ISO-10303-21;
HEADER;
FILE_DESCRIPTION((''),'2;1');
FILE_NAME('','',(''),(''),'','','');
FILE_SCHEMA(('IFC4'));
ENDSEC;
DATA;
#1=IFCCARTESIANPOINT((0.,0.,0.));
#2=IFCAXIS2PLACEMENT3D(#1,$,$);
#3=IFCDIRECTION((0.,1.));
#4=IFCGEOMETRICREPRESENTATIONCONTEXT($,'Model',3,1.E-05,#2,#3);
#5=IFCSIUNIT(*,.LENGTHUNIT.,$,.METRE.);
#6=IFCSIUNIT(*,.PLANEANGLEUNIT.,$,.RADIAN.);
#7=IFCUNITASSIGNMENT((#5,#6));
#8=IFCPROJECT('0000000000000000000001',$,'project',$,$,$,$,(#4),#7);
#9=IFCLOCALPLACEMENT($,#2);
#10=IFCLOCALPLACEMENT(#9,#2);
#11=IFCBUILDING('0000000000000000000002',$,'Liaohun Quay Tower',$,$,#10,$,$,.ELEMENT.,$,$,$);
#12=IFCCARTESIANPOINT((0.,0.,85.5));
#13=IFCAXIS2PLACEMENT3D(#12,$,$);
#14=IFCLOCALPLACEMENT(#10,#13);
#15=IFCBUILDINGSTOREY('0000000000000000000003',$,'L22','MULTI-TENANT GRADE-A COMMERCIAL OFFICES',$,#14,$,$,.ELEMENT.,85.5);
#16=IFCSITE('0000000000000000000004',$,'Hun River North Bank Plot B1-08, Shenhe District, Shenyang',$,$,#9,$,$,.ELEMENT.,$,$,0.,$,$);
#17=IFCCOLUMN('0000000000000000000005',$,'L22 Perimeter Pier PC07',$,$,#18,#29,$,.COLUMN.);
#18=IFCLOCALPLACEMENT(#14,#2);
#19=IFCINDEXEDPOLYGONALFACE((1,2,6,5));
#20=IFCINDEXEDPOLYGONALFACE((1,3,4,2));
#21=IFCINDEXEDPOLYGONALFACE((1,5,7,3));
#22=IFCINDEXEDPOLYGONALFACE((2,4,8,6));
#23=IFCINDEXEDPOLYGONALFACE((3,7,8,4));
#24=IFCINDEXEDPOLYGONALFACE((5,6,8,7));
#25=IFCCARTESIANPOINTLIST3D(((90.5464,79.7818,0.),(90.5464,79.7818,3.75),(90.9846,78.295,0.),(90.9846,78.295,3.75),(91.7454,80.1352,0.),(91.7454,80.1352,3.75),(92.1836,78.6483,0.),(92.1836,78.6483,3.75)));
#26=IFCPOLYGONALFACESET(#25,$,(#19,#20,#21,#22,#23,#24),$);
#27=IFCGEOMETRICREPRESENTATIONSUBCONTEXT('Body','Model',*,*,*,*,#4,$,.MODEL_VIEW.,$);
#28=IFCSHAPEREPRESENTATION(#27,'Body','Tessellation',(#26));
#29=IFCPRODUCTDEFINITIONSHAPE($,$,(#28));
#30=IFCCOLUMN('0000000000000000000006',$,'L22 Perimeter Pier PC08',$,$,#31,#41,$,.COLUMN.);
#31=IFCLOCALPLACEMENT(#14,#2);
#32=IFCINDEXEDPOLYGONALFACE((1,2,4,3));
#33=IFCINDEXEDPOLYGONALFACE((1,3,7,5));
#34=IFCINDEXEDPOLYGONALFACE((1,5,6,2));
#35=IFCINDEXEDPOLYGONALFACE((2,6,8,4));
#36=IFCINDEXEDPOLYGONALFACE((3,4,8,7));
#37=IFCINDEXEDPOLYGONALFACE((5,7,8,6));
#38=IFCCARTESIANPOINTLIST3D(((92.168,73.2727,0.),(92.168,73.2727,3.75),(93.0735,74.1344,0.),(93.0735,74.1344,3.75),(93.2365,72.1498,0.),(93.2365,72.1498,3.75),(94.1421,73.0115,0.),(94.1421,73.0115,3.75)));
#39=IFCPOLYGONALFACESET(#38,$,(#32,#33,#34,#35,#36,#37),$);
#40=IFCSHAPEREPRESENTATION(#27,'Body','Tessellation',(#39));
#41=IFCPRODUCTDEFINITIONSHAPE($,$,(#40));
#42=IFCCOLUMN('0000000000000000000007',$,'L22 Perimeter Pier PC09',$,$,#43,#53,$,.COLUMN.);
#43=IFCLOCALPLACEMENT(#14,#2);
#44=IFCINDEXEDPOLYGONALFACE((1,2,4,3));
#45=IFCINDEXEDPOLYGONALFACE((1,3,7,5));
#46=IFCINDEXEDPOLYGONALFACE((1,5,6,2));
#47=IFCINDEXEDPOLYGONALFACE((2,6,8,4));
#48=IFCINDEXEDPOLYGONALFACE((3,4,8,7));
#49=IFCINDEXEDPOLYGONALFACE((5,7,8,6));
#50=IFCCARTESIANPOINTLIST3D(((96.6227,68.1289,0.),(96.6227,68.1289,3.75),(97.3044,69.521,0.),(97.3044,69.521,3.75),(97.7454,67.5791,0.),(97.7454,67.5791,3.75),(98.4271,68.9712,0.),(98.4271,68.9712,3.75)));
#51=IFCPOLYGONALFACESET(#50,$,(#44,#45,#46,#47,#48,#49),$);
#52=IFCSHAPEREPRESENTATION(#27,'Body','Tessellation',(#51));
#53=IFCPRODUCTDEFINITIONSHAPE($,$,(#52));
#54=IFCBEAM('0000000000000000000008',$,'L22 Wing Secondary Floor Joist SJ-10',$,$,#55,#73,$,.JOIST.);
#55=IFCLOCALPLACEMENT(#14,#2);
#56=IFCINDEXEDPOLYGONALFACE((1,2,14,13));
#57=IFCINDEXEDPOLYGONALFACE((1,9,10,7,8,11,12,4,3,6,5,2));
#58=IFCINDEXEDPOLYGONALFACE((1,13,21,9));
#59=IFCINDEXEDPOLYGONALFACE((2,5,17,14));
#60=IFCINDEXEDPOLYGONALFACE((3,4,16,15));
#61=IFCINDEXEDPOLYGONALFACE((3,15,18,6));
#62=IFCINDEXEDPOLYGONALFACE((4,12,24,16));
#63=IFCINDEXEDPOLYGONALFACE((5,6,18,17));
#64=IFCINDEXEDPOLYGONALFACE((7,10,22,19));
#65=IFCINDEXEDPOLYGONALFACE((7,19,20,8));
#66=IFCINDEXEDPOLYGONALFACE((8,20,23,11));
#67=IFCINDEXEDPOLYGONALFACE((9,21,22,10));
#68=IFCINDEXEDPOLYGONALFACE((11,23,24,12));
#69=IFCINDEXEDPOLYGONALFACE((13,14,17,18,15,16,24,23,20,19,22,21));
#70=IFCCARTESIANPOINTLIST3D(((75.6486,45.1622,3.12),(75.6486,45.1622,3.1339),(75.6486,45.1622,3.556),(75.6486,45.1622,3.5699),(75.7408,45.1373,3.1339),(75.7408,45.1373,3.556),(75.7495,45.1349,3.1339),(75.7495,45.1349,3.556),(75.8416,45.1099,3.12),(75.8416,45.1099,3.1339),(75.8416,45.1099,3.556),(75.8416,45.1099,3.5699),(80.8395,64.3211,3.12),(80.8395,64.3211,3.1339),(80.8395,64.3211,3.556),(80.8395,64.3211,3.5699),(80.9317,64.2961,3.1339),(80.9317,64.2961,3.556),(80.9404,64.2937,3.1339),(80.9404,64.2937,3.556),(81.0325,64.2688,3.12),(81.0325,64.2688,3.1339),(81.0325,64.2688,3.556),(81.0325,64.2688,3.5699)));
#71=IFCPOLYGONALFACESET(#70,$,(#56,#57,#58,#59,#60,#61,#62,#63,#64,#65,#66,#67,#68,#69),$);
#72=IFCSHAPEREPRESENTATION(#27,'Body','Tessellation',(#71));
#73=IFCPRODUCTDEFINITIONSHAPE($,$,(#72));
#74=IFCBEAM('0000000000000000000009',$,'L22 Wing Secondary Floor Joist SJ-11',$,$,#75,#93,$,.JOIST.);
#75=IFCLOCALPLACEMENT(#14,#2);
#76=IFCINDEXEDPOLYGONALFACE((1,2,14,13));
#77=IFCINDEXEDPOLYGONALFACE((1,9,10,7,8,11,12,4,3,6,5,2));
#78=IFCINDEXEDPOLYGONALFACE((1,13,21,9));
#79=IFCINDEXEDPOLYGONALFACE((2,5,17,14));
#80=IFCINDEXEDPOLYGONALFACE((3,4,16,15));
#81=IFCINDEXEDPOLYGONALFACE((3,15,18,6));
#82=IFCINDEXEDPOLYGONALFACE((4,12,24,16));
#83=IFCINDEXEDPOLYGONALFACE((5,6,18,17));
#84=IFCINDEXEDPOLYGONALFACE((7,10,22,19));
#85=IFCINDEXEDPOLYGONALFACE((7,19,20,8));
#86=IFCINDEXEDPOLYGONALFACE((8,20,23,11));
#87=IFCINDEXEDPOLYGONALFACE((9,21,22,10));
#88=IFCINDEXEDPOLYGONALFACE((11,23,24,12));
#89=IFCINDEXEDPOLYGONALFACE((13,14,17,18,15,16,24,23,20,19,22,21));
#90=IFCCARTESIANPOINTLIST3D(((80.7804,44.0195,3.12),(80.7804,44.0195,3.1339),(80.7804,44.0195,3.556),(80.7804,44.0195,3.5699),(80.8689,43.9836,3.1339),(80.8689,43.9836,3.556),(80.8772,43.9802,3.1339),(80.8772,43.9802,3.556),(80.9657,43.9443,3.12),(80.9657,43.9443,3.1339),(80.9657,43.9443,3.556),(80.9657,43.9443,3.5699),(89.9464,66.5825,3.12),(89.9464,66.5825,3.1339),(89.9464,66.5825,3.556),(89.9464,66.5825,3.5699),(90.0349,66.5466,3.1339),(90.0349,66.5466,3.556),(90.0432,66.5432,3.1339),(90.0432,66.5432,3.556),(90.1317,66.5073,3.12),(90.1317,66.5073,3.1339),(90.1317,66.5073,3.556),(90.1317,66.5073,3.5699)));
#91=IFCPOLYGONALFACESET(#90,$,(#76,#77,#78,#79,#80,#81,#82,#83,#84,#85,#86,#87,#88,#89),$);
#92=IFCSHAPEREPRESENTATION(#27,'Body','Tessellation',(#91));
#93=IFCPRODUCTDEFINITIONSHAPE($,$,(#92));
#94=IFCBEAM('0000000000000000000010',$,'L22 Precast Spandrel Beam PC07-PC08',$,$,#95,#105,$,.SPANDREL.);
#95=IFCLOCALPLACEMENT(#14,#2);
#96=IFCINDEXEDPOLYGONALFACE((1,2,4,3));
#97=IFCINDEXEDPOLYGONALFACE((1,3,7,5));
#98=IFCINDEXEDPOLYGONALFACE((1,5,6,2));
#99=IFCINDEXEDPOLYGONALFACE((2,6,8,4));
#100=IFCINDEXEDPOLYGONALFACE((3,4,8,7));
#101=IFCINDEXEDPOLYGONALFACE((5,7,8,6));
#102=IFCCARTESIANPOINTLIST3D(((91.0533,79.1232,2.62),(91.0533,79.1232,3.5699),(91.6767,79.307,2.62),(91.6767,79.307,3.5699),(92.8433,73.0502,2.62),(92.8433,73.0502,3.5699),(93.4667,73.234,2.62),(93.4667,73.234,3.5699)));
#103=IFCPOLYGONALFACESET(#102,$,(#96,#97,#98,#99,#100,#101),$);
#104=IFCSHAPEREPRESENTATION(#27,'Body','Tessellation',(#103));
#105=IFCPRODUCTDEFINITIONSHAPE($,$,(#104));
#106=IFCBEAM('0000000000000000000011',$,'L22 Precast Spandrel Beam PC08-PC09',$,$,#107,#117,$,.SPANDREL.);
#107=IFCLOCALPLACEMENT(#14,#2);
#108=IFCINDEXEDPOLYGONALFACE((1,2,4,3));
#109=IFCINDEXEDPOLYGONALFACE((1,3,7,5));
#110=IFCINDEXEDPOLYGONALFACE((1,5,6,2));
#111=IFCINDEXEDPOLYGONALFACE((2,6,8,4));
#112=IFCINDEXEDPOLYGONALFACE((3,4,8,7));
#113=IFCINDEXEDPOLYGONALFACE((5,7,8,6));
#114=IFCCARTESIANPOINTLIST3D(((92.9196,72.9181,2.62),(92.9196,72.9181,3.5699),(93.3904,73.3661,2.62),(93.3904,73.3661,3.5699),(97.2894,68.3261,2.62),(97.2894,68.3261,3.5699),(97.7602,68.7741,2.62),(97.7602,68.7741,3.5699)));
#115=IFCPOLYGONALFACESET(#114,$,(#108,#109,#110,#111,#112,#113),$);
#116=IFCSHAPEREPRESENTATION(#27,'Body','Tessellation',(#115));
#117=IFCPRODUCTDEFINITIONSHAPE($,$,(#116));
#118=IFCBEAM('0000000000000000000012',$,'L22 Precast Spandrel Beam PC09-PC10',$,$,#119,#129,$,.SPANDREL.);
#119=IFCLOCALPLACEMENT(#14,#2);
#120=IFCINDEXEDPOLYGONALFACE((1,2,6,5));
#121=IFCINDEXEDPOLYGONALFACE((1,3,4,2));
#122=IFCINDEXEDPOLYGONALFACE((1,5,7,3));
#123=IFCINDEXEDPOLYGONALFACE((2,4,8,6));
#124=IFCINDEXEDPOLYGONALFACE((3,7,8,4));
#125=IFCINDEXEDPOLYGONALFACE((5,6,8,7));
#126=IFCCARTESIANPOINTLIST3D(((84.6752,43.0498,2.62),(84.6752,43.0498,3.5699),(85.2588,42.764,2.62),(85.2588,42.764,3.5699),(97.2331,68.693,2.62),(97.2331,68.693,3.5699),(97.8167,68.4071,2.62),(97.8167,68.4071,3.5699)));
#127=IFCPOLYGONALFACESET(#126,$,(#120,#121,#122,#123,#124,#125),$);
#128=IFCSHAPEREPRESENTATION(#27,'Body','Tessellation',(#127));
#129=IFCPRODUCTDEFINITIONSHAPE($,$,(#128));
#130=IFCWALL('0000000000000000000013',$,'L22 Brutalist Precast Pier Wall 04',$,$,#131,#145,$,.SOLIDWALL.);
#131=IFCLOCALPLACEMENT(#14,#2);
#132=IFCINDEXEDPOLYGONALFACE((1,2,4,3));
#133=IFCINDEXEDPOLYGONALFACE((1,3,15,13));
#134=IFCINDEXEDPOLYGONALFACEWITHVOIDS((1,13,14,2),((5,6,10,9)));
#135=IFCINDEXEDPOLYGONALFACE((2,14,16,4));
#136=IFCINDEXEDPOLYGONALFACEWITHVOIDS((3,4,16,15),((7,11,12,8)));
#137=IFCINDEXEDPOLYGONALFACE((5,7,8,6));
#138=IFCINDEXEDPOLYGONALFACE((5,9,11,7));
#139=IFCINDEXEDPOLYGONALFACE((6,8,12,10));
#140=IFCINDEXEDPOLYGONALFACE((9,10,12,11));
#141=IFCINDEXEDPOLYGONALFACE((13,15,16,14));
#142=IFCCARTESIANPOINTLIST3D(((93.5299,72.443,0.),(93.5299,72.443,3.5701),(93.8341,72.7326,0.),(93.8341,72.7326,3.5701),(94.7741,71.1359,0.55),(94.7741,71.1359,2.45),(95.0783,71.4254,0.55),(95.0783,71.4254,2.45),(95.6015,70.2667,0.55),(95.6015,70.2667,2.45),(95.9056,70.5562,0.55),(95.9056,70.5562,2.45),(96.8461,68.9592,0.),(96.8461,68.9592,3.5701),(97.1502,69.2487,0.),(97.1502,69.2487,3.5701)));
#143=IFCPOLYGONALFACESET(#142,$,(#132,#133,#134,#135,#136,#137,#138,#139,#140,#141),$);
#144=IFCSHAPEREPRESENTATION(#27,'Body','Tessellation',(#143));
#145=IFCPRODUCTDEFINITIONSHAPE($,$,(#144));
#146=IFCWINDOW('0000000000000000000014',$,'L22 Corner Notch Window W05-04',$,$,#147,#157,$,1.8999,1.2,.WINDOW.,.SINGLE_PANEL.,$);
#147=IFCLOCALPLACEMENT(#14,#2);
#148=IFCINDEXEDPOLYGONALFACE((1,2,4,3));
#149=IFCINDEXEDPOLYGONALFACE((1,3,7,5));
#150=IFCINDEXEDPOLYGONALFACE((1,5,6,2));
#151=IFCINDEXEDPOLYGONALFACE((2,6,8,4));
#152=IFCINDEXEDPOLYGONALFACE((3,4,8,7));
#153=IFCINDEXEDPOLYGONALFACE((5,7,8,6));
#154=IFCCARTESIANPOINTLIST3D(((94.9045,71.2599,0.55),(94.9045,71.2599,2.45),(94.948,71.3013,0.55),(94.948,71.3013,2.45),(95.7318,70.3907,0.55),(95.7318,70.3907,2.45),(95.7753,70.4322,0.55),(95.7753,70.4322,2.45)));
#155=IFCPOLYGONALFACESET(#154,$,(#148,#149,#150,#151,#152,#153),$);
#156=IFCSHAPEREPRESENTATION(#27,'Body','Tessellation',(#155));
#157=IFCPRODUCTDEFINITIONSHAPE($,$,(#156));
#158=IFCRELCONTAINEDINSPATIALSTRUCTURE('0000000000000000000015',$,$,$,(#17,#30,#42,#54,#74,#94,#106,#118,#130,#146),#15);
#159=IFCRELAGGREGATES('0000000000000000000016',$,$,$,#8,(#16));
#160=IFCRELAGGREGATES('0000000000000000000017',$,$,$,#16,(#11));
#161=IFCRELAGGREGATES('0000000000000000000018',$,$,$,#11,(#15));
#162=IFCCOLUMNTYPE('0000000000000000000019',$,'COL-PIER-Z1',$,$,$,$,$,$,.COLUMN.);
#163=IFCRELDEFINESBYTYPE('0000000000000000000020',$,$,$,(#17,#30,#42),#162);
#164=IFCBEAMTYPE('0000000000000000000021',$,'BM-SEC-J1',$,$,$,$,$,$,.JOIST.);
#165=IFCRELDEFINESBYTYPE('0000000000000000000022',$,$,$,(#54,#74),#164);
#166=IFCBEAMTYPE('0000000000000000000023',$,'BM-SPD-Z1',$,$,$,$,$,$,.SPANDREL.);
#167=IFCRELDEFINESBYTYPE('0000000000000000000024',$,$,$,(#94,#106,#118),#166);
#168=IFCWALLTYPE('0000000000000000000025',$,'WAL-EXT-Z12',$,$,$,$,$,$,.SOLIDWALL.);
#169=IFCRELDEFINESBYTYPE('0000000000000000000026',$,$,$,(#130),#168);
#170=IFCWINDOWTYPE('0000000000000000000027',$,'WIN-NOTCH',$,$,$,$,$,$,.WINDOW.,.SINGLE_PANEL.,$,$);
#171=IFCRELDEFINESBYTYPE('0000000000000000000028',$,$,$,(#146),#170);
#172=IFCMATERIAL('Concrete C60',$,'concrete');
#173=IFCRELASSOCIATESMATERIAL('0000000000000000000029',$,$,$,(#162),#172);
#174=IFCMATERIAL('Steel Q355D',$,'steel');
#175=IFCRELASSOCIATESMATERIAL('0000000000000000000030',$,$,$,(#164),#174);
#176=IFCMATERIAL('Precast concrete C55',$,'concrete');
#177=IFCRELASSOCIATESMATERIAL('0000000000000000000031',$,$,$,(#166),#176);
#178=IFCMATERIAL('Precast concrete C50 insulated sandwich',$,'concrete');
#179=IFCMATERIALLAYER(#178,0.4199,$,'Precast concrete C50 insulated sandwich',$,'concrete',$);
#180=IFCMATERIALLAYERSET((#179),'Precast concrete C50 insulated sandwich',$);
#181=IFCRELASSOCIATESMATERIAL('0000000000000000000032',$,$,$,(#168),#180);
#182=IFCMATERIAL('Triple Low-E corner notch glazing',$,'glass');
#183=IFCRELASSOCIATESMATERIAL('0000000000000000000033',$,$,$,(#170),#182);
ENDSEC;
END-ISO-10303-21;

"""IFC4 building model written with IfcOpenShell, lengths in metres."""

from ifc_helpers import new_model, si_unit, direction, frame, frame_2d, origin, origin_2d, place, context, subcontext, project, spatial, rectangle, i_section, extrude, source, transform, mapped, material, layer, layer_set, material_profile, profile_set, type_object, element, fill, save


model = new_model("IFC4")

# Units and contexts
model_context = context("Model", 3, precision=1e-05, world=origin(), true_north=direction((0.0, 1.0)))
body_context = subcontext(model_context, "Body", "Model", "MODEL_VIEW")
ifc_project = project(units=[si_unit("LENGTHUNIT", "METRE"), si_unit("PLANEANGLEUNIT", "RADIAN")], contexts=[model_context])

# Site, building, storey
site_placement = place(None, origin())
site = spatial("IfcSite", under=ifc_project, at=site_placement, Name="Hun River North Bank Plot B1-08, Shenhe District, Shenyang", CompositionType="ELEMENT", RefElevation=0.0)
building_placement = place(site_placement, origin())
building = spatial("IfcBuilding", under=site, at=building_placement, Name="Liaohun Quay Tower", CompositionType="ELEMENT")
storey_placement = place(building_placement, frame((0.0, 0.0, 85.5)))
storey = spatial("IfcBuildingStorey", under=building, at=storey_placement, Name="L22", Description="MULTI-TENANT GRADE-A COMMERCIAL OFFICES", CompositionType="ELEMENT", Elevation=85.5)

# Columns
ifc_material_1 = material(Name="Concrete C60", Category="concrete")
ifc_material_profile_1 = material_profile(ifc_material_1, rectangle(XDim=1.55, YDim=1.25, at=origin_2d()), Name="RC1550x1250")
ifc_profile_set_1 = profile_set([ifc_material_profile_1], Name="Concrete C60")
column_type = type_object("IfcColumnType", Name="COL-PIER-Z1", PredefinedType="COLUMN", material=ifc_profile_set_1)
shared_shape_1 = source(origin(), body_context, "Body", "SweptSolid", [
    extrude(rectangle(XDim=1.55, YDim=1.25, at=origin_2d()), origin(), (0.0, 0.0, 1.0), 3.75),
])
for number, where, z_axis, x_axis, name in (
    (1, (91.365, 79.2151, 0.0), (0.0, 0.0, 1.0), (-0.282676, 0.959215, 0.0), "L22 Perimeter Pier PC07"),
    (2, (93.155, 73.1421, 0.0), (0.0, 0.0, 1.0), (-0.689367, 0.724413, 0.0), "L22 Perimeter Pier PC08"),
    (3, (97.5249, 68.55, 0.0), (0.0, 0.0, 1.0), (0.439782, 0.898104, 0.0), "L22 Perimeter Pier PC09"),
):
    element("IfcColumn", number, at=place(storey_placement, frame(where, z_axis=z_axis, x_axis=x_axis)), inside=storey, type_object=column_type, Name=name, PredefinedType="COLUMN", context=body_context, shape_type="MappedRepresentation", body=[
        mapped(shared_shape_1, transform((0.0, 0.0, 0.0), x_axis=(1.0, 0.0, 0.0), y_axis=(0.0, 1.0, 0.0), z_axis=(0.0, 0.0, 1.0), scale=1.0)),
    ])

# Beams
ifc_material_2 = material(Name="Steel Q355D", Category="steel")
ifc_material_profile_2 = material_profile(ifc_material_2, i_section(OverallWidth=0.2, OverallDepth=0.45, WebThickness=0.009, FlangeThickness=0.0139, at=origin_2d()), Name="HN450x200x9x14")
ifc_profile_set_2 = profile_set([ifc_material_profile_2], Name="Steel Q355D")
beam_type_1 = type_object("IfcBeamType", Name="BM-SEC-J1", PredefinedType="JOIST", material=ifc_profile_set_2)
shared_shape_2 = source(origin(), body_context, "Body", "SweptSolid", [
    extrude(i_section(OverallWidth=0.2, OverallDepth=0.45, WebThickness=0.009, FlangeThickness=0.0139, at=origin_2d()), origin(), (0.0, 0.0, 1.0), 19.8496),
])
beam_1_placement = place(storey_placement, frame((80.936, 64.2949, 3.345), z_axis=(-0.261511, -0.9652, 0.0), x_axis=(0.9652, -0.261511, 0.0)))
element("IfcBeam", 4, at=beam_1_placement, inside=storey, type_object=beam_type_1, Name="L22 Wing Secondary Floor Joist SJ-10", PredefinedType="JOIST", context=body_context, shape_type="MappedRepresentation", body=[
    mapped(shared_shape_2, transform((0.0, 0.0, 0.0), x_axis=(1.0, 0.0, 0.0), y_axis=(0.0, 1.0, 0.0), z_axis=(0.0, 0.0, 1.0), scale=1.0)),
])
shared_shape_3 = source(origin(), body_context, "Body", "SweptSolid", [
    extrude(i_section(OverallWidth=0.2, OverallDepth=0.45, WebThickness=0.009, FlangeThickness=0.0139, at=origin_2d()), origin(), (0.0, 0.0, 1.0), 24.3538),
])
beam_2_placement = place(storey_placement, frame((90.0391, 66.5449, 3.345), z_axis=(-0.37637, -0.926469, 0.0), x_axis=(0.926469, -0.37637, 0.0)))
element("IfcBeam", 5, at=beam_2_placement, inside=storey, type_object=beam_type_1, Name="L22 Wing Secondary Floor Joist SJ-11", PredefinedType="JOIST", context=body_context, shape_type="MappedRepresentation", body=[
    mapped(shared_shape_3, transform((0.0, 0.0, 0.0), x_axis=(1.0, 0.0, 0.0), y_axis=(0.0, 1.0, 0.0), z_axis=(0.0, 0.0, 1.0), scale=1.0)),
])
ifc_material_3 = material(Name="Precast concrete C55", Category="concrete")
ifc_material_profile_3 = material_profile(ifc_material_3, rectangle(XDim=0.6499, YDim=0.95, at=origin_2d()), Name="RC650x950")
ifc_profile_set_3 = profile_set([ifc_material_profile_3], Name="Precast concrete C55")
beam_type_2 = type_object("IfcBeamType", Name="BM-SPD-Z1", PredefinedType="SPANDREL", material=ifc_profile_set_3)
shared_shape_4 = source(origin(), body_context, "Body", "SweptSolid", [
    extrude(rectangle(XDim=0.6499, YDim=0.95, at=origin_2d()), origin(), (0.0, 0.0, 1.0), 6.3313),
])
beam_3_placement = place(storey_placement, frame((91.365, 79.2151, 3.095), z_axis=(0.282728, -0.9592, 0.0), x_axis=(0.9592, 0.282728, 0.0)))
element("IfcBeam", 6, at=beam_3_placement, inside=storey, type_object=beam_type_2, Name="L22 Precast Spandrel Beam PC07-PC08", PredefinedType="SPANDREL", context=body_context, shape_type="MappedRepresentation", body=[
    mapped(shared_shape_4, transform((0.0, 0.0, 0.0), x_axis=(1.0, 0.0, 0.0), y_axis=(0.0, 1.0, 0.0), z_axis=(0.0, 0.0, 1.0), scale=1.0)),
])
shared_shape_5 = source(origin(), body_context, "Body", "SweptSolid", [
    extrude(rectangle(XDim=0.6499, YDim=0.95, at=origin_2d()), origin(), (0.0, 0.0, 1.0), 6.3389),
])
beam_4_placement = place(storey_placement, frame((93.155, 73.1421, 3.095), z_axis=(0.689366, -0.724414, 0.0), x_axis=(0.724414, 0.689366, 0.0)))
element("IfcBeam", 7, at=beam_4_placement, inside=storey, type_object=beam_type_2, Name="L22 Precast Spandrel Beam PC08-PC09", PredefinedType="SPANDREL", context=body_context, shape_type="MappedRepresentation", body=[
    mapped(shared_shape_5, transform((0.0, 0.0, 0.0), x_axis=(1.0, 0.0, 0.0), y_axis=(0.0, 1.0, 0.0), z_axis=(0.0, 0.0, 1.0), scale=1.0)),
])
shared_shape_6 = source(origin(), body_context, "Body", "SweptSolid", [
    extrude(rectangle(XDim=0.6499, YDim=0.95, at=origin_2d()), origin(), (0.0, 0.0, 1.0), 28.553),
])
beam_5_placement = place(storey_placement, frame((97.5249, 68.55, 3.095), z_axis=(-0.439811, -0.89809, 0.0), x_axis=(0.89809, -0.439811, 0.0)))
element("IfcBeam", 8, at=beam_5_placement, inside=storey, type_object=beam_type_2, Name="L22 Precast Spandrel Beam PC09-PC10", PredefinedType="SPANDREL", context=body_context, shape_type="MappedRepresentation", body=[
    mapped(shared_shape_6, transform((0.0, 0.0, 0.0), x_axis=(1.0, 0.0, 0.0), y_axis=(0.0, 1.0, 0.0), z_axis=(0.0, 0.0, 1.0), scale=1.0)),
])

# Wall, opening, window
ifc_material_4 = material(Name="Precast concrete C50 insulated sandwich", Category="concrete")
ifc_layer_1 = layer(ifc_material_4, 0.4199, Name="Precast concrete C50 insulated sandwich", Category="concrete")
ifc_layer_set_1 = layer_set([ifc_layer_1], Name="Precast concrete C50 insulated sandwich")
wall_type_1 = type_object("IfcWallType", Name="WAL-EXT-Z12", PredefinedType="SOLIDWALL", material=ifc_layer_set_1)
wall_1_placement = place(storey_placement, frame((96.998, 69.104, 0.0), z_axis=(0.0, 0.0, 1.0), x_axis=(-0.689456, 0.724327, 0.0)))
wall_1 = element("IfcWall", 9, at=wall_1_placement, inside=storey, type_object=wall_type_1, Name="L22 Brutalist Precast Pier Wall 04", PredefinedType="SOLIDWALL", context=body_context, shape_type="SweptSolid", body=[
    extrude(rectangle(XDim=4.8098, YDim=0.4199, at=frame_2d((2.4048, 0.0))), origin(), (0.0, 0.0, 1.0), 3.5701),
])
shared_shape_7 = source(origin(), body_context, "Body", "SweptSolid", [
    extrude(rectangle(XDim=1.2, YDim=1.8999, at=frame_2d((0.6001, 0.95))), frame((0.0, 0.22, 0.0), z_axis=(0.0, -1.0, 0.0), x_axis=(1.0, 0.0, 0.0)), (0.0, 0.0, 1.0), 0.4399),
])
opening_1_placement = place(wall_1_placement, frame((1.8049, 0.0, 0.55)))
opening_1 = element("IfcOpeningElement", 10, at=opening_1_placement, cuts=wall_1, PredefinedType="OPENING", context=body_context, shape_type="MappedRepresentation", body=[
    mapped(shared_shape_7, transform((0.0, 0.0, 0.0), x_axis=(1.0, 0.0, 0.0), y_axis=(0.0, 1.0, 0.0), z_axis=(0.0, 0.0, 1.0), scale=1.0)),
])
ifc_material_5 = material(Name="Triple Low-E corner notch glazing", Category="glass")
window_type_1 = type_object("IfcWindowType", Name="WIN-NOTCH", PartitioningType="SINGLE_PANEL", PredefinedType="WINDOW", material=ifc_material_5)
shared_shape_8 = source(origin(), body_context, "Body", "SweptSolid", [
    extrude(rectangle(XDim=1.2, YDim=1.8999, at=frame_2d((0.6001, 0.95))), frame((0.0, 0.03, 0.0), z_axis=(0.0, -1.0, 0.0), x_axis=(1.0, 0.0, 0.0)), (0.0, 0.0, 1.0), 0.0601),
])
window_1_placement = place(opening_1_placement, origin())
window_1 = element("IfcWindow", 11, at=window_1_placement, inside=storey, type_object=window_type_1, Name="L22 Corner Notch Window W05-04", OverallHeight=1.8999, OverallWidth=1.2, PartitioningType="SINGLE_PANEL", PredefinedType="WINDOW", context=body_context, shape_type="MappedRepresentation", body=[
    mapped(shared_shape_8, transform((0.0, 0.0, 0.0), x_axis=(1.0, 0.0, 0.0), y_axis=(0.0, 1.0, 0.0), z_axis=(0.0, 0.0, 1.0), scale=1.0)),
])
fill(opening_1, window_1)

save(model, "model.ifc")
